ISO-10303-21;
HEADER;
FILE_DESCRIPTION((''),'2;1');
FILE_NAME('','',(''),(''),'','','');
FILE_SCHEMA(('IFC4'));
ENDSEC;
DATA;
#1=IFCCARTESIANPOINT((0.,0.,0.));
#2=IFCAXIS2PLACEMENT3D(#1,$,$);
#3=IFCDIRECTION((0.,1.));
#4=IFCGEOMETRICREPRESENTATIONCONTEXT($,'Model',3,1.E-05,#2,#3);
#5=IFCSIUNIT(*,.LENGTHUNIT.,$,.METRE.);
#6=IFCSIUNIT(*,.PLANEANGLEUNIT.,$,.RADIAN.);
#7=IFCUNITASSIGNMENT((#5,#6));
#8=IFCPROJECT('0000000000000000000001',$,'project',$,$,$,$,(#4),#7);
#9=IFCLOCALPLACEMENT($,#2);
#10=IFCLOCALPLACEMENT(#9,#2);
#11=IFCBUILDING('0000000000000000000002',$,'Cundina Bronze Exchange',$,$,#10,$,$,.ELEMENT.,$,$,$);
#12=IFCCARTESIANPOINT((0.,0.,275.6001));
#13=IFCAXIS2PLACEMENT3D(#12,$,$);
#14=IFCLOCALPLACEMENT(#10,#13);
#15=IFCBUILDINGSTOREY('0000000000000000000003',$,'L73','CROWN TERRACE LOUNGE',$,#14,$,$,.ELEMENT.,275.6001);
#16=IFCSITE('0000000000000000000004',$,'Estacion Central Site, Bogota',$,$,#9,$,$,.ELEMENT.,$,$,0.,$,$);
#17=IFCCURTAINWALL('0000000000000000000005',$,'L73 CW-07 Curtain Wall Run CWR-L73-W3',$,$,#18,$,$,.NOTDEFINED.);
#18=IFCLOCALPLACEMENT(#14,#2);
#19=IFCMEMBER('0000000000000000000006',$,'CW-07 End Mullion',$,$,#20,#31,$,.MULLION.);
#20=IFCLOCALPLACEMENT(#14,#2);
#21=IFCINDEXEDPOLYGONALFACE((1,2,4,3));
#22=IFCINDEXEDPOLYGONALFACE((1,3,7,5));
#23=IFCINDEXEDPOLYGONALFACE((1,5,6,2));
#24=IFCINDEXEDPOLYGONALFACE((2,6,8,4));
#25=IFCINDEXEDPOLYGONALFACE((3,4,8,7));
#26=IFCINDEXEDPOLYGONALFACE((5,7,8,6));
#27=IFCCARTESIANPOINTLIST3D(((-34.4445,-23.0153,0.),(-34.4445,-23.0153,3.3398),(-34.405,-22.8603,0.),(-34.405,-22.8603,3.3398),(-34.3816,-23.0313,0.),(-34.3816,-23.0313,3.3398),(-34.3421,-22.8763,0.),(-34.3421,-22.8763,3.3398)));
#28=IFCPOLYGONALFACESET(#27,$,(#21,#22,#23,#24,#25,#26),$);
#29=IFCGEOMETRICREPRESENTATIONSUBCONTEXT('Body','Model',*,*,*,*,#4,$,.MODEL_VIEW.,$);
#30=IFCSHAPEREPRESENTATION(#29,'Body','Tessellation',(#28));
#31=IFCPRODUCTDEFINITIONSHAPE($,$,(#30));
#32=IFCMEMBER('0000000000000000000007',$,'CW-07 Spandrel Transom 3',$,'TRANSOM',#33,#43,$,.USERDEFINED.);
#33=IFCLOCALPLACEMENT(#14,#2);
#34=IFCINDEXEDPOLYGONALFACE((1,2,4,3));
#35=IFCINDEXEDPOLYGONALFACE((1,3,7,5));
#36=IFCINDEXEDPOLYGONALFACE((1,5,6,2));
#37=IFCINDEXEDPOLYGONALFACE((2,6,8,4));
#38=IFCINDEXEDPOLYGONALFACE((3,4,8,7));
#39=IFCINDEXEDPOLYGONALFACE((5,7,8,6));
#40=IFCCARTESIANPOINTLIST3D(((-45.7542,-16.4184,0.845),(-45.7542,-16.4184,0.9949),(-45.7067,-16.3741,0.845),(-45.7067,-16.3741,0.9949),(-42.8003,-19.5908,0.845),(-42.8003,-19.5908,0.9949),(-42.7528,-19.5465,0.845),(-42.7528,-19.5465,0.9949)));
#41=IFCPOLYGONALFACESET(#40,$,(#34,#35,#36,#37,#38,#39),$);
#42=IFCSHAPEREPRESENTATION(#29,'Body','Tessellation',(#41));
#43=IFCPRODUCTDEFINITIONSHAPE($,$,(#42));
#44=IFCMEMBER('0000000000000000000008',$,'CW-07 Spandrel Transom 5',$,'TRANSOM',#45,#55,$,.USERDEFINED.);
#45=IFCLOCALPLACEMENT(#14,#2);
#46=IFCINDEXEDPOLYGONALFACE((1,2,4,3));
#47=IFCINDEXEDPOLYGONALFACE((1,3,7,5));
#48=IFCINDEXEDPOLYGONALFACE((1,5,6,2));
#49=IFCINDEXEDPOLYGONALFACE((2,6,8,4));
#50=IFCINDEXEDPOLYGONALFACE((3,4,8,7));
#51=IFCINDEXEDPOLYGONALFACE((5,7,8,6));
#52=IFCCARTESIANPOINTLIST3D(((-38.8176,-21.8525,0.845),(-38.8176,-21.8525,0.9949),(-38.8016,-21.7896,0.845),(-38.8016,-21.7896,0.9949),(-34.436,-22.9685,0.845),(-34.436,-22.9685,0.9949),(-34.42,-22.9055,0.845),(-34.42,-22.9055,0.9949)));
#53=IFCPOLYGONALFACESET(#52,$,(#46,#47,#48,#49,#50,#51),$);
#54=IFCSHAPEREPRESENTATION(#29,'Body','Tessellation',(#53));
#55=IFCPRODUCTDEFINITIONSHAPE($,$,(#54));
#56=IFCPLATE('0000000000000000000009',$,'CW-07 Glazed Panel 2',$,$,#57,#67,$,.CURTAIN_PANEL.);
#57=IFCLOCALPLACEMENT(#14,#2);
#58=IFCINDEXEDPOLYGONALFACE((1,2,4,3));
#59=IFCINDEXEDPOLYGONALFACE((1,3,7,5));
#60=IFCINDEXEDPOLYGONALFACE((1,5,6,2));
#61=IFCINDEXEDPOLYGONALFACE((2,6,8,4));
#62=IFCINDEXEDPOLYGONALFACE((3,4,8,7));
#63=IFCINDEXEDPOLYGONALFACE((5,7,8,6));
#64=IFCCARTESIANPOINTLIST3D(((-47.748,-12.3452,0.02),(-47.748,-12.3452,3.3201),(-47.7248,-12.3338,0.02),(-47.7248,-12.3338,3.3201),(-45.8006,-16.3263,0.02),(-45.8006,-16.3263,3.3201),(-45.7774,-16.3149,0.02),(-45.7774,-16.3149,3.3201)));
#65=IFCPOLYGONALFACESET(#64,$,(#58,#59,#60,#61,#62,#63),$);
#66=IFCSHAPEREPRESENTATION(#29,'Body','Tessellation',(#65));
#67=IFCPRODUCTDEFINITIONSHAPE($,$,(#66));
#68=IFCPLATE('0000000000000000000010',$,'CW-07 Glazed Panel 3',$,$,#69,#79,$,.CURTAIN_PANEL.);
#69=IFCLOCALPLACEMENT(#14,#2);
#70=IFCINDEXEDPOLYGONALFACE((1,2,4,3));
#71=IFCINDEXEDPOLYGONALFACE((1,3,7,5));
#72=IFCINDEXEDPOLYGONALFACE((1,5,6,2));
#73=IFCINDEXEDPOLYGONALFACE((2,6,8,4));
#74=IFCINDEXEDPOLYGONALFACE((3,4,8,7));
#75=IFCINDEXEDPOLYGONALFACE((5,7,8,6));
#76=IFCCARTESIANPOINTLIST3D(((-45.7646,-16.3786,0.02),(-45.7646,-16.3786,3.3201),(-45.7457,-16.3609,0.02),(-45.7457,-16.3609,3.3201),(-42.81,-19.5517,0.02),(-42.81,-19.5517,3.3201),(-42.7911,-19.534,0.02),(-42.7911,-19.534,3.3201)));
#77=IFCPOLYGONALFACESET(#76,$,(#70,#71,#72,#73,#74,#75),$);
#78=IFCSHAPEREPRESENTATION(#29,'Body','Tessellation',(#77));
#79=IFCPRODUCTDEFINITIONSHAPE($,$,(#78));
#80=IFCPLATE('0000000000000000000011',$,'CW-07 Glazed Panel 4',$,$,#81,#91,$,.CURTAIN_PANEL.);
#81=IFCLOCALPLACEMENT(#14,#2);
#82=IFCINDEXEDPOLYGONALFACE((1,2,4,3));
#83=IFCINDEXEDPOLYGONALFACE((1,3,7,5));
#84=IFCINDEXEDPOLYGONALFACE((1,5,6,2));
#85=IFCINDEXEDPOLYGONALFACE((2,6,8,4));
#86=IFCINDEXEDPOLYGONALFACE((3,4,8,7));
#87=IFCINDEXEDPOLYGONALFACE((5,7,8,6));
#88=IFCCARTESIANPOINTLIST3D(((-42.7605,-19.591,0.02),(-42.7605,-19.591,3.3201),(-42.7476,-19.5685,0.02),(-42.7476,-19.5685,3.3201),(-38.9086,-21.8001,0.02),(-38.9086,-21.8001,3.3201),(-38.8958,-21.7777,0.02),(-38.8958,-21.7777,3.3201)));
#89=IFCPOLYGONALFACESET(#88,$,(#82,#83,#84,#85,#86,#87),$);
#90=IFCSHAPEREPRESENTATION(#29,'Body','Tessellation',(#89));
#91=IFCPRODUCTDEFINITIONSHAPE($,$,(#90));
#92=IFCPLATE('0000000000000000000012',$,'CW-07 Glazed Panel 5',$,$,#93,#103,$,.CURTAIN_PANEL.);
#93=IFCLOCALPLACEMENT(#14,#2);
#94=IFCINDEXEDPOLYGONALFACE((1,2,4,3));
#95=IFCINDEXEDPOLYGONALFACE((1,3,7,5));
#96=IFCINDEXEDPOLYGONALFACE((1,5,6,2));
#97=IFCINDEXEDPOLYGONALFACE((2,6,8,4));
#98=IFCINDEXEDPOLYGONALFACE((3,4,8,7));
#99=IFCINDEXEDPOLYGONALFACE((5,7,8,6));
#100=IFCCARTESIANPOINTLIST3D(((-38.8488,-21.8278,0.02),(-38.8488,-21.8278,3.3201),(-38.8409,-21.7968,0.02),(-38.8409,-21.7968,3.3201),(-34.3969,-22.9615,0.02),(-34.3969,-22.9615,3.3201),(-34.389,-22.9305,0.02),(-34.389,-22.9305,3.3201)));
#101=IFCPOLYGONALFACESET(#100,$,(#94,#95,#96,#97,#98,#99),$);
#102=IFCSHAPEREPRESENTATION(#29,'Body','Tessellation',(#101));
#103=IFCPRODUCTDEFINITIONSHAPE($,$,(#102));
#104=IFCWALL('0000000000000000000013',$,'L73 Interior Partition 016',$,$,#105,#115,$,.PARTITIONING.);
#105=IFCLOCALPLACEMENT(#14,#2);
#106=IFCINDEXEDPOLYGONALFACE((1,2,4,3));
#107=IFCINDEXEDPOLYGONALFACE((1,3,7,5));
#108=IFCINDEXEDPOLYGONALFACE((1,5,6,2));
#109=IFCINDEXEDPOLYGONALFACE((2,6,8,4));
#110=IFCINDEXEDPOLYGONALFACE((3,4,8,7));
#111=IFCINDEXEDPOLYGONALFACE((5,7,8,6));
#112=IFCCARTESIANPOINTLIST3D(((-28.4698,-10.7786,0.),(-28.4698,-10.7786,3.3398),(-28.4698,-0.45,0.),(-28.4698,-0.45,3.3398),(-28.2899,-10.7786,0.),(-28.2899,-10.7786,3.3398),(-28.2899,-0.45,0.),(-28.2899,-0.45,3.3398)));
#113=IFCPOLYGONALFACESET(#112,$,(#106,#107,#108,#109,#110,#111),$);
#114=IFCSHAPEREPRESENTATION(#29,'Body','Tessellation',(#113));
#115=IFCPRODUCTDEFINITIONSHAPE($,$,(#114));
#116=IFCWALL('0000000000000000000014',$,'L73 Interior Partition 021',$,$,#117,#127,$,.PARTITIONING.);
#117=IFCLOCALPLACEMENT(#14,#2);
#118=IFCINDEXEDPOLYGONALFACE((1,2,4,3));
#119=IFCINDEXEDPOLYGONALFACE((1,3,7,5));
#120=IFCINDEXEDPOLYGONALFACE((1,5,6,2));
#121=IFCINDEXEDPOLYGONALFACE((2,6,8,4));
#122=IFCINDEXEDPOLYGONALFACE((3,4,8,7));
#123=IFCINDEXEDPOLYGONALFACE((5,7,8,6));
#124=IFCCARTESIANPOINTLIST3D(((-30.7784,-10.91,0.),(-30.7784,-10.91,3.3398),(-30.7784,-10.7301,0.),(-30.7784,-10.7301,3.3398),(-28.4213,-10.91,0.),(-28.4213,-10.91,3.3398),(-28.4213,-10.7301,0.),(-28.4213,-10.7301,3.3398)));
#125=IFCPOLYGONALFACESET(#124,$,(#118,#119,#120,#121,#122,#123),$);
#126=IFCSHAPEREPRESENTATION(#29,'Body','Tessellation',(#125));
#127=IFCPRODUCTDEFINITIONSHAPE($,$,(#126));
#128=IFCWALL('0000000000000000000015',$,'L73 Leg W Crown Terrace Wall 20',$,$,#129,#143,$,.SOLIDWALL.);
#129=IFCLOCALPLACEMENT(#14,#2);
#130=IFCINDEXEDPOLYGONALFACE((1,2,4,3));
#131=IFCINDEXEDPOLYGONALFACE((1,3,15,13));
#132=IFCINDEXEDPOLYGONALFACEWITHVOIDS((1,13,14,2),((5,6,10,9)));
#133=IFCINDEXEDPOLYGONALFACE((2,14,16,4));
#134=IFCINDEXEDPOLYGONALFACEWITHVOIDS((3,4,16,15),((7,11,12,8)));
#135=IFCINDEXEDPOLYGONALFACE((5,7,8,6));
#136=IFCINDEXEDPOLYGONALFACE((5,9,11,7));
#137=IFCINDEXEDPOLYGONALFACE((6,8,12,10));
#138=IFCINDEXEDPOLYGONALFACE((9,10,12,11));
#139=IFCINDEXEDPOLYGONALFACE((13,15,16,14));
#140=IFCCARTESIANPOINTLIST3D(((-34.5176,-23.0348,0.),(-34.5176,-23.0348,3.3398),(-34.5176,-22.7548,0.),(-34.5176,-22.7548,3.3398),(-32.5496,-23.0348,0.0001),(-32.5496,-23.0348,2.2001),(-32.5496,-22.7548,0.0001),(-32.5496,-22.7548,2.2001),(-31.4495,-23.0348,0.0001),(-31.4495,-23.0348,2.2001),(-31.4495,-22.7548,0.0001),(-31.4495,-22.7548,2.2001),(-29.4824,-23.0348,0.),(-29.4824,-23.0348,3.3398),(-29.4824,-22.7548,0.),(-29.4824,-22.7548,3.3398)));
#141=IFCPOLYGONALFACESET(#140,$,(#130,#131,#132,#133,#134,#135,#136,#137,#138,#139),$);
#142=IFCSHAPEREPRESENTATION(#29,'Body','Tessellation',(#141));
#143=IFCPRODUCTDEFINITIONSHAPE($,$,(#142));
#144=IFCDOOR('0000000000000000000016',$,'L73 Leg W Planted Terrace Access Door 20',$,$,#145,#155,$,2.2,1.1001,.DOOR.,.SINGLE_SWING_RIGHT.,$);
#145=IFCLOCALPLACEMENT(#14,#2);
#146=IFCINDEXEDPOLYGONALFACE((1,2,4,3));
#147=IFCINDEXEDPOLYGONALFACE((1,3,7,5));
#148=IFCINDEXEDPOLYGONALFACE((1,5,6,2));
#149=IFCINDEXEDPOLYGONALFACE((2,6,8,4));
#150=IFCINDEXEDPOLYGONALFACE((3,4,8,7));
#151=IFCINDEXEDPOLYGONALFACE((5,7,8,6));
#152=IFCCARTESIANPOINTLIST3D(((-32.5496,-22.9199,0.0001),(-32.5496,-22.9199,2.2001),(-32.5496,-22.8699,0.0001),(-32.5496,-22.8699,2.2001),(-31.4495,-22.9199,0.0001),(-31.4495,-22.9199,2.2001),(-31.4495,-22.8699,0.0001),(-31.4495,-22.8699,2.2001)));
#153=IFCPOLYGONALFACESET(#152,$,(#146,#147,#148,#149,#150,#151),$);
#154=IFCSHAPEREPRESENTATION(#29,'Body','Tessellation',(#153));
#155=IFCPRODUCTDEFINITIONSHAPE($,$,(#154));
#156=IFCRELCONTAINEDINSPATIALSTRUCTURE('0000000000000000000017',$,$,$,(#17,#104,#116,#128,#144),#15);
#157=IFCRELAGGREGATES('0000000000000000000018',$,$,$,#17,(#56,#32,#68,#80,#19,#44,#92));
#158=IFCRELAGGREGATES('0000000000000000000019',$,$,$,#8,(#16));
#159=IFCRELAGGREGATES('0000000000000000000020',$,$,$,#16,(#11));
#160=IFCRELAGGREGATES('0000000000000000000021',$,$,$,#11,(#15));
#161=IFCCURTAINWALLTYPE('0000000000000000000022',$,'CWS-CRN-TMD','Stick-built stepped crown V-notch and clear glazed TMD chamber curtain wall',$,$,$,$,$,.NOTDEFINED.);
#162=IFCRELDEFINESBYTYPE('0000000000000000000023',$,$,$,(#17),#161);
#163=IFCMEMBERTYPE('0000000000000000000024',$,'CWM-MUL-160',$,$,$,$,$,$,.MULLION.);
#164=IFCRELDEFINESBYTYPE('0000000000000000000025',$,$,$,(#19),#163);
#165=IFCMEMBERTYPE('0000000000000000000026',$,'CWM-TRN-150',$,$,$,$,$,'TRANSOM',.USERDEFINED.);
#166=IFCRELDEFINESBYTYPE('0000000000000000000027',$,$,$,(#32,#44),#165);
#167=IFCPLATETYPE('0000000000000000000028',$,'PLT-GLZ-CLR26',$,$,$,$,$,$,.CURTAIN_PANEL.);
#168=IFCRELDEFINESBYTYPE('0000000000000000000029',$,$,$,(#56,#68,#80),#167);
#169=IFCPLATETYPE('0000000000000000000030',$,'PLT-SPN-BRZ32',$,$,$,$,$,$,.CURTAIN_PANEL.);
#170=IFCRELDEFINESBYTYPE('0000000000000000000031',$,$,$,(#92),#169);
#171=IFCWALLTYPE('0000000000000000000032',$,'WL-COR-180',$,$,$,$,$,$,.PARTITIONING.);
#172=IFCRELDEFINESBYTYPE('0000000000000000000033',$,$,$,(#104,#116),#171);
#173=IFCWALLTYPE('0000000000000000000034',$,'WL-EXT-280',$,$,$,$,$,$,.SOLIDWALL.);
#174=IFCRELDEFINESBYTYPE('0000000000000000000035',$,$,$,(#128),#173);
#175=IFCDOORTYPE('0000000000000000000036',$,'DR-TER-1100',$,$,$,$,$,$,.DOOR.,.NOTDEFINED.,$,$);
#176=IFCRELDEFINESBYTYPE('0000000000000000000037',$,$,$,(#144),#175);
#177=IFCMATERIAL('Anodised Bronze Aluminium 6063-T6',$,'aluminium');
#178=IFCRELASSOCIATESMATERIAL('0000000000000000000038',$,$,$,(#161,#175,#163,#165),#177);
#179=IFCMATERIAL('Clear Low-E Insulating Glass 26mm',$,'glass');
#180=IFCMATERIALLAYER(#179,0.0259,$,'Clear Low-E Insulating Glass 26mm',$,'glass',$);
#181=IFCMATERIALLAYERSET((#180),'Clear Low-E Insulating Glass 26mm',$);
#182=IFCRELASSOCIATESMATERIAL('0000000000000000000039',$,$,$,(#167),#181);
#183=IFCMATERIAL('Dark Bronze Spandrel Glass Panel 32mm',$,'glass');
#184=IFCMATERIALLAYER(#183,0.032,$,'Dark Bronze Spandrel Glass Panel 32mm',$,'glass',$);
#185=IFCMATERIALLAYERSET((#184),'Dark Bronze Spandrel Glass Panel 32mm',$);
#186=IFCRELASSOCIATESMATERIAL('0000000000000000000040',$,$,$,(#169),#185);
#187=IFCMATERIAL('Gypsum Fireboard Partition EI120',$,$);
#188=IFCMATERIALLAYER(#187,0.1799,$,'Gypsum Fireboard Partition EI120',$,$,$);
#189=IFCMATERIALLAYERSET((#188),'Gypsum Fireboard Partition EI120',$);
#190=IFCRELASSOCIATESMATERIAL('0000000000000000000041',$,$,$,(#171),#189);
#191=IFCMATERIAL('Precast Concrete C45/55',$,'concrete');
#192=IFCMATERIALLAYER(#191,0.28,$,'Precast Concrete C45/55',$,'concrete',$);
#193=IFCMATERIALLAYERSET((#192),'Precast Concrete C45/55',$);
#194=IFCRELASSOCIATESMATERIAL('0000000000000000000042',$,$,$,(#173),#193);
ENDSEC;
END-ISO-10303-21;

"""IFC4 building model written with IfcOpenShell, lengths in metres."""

from ifc_helpers import new_model, si_unit, direction, frame, frame_2d, origin, origin_2d, place, context, subcontext, project, spatial, rectangle, extrude, material, layer, layer_set, material_profile, profile_set, type_object, element, fill, aggregate, save


model = new_model("IFC4")

# Units and contexts
model_context = context("Model", 3, precision=1e-05, world=origin(), true_north=direction((0.0, 1.0)))
body_context = subcontext(model_context, "Body", "Model", "MODEL_VIEW")
ifc_project = project(units=[si_unit("LENGTHUNIT", "METRE"), si_unit("PLANEANGLEUNIT", "RADIAN")], contexts=[model_context])

# Site, building, storey
site_placement = place(None, origin())
site = spatial("IfcSite", under=ifc_project, at=site_placement, Name="Estacion Central Site, Bogota", CompositionType="ELEMENT", RefElevation=0.0)
building_placement = place(site_placement, origin())
building = spatial("IfcBuilding", under=site, at=building_placement, Name="Cundina Bronze Exchange", CompositionType="ELEMENT")
storey_placement = place(building_placement, frame((0.0, 0.0, 275.6001)))
storey = spatial("IfcBuildingStorey", under=building, at=storey_placement, Name="L73", Description="CROWN TERRACE LOUNGE", CompositionType="ELEMENT", Elevation=275.6001)

# Curtain wall, members, plates
ifc_material_1 = material(Name="Anodised Bronze Aluminium 6063-T6", Category="aluminium")
curtain_wall_type = type_object("IfcCurtainWallType", Name="CWS-CRN-TMD", Description="Stick-built stepped crown V-notch and clear glazed TMD chamber curtain wall", PredefinedType="NOTDEFINED", material=ifc_material_1)
curtain_wall_placement = place(storey_placement, origin())
curtain_wall = element("IfcCurtainWall", 1, at=curtain_wall_placement, inside=storey, type_object=curtain_wall_type, Name="L73 CW-07 Curtain Wall Run CWR-L73-W3", PredefinedType="NOTDEFINED")
ifc_material_profile_1 = material_profile(ifc_material_1, rectangle(XDim=0.0649, YDim=0.1599, at=origin_2d()), Name="AL65X160", Category="aluminium")
ifc_profile_set_1 = profile_set([ifc_material_profile_1], Name="Anodised Bronze Aluminium 6063-T6")
member_type_1 = type_object("IfcMemberType", Name="CWM-MUL-160", PredefinedType="MULLION", material=ifc_profile_set_1)
member_1_placement = place(storey_placement, frame((-34.3933, -22.9458, 0.0), z_axis=(0.0, 0.0, 1.0), x_axis=(0.969059, -0.24683, 0.0)))
member_1 = element("IfcMember", 2, at=member_1_placement, type_object=member_type_1, Name="CW-07 End Mullion", PredefinedType="MULLION", context=body_context, shape_type="SweptSolid", body=[
    extrude(rectangle(XDim=0.0649, YDim=0.1599, at=origin_2d()), origin(), (0.0, 0.0, 1.0), 3.3398),
])
ifc_material_profile_2 = material_profile(ifc_material_1, rectangle(XDim=0.0649, YDim=0.1499, at=origin_2d()), Name="AL65X150", Category="aluminium")
ifc_profile_set_2 = profile_set([ifc_material_profile_2], Name="Anodised Bronze Aluminium 6063-T6")
member_type_2 = type_object("IfcMemberType", Name="CWM-TRN-150", ElementType="TRANSOM", PredefinedType="USERDEFINED", material=ifc_profile_set_2)
member_2_placement = place(storey_placement, frame((-45.7305, -16.3962, 0.9199), z_axis=(0.681453, -0.731862, 0.0), x_axis=(0.731862, 0.681453, 0.0)))
member_2 = element("IfcMember", 3, at=member_2_placement, type_object=member_type_2, Name="CW-07 Spandrel Transom 3", ObjectType="TRANSOM", PredefinedType="USERDEFINED", context=body_context, shape_type="SweptSolid", body=[
    extrude(rectangle(XDim=0.0649, YDim=0.1499, at=origin_2d()), origin(), (0.0, 0.0, 1.0), 4.3347),
])
member_3_placement = place(storey_placement, frame((-38.8096, -21.821, 0.9199), z_axis=(0.969063, -0.246815, 0.0), x_axis=(0.246815, 0.969063, 0.0)))
member_3 = element("IfcMember", 4, at=member_3_placement, type_object=member_type_2, Name="CW-07 Spandrel Transom 5", ObjectType="TRANSOM", PredefinedType="USERDEFINED", context=body_context, shape_type="SweptSolid", body=[
    extrude(rectangle(XDim=0.0649, YDim=0.1499, at=origin_2d()), origin(), (0.0, 0.0, 1.0), 4.5215),
])
ifc_material_2 = material(Name="Clear Low-E Insulating Glass 26mm", Category="glass")
ifc_layer_1 = layer(ifc_material_2, 0.0259, Name="Clear Low-E Insulating Glass 26mm", Category="glass")
ifc_layer_set_1 = layer_set([ifc_layer_1], Name="Clear Low-E Insulating Glass 26mm")
plate_type_1 = type_object("IfcPlateType", Name="PLT-GLZ-CLR26", PredefinedType="CURTAIN_PANEL", material=ifc_layer_set_1)
plate_1_placement = place(storey_placement, frame((-46.7627, -14.3301, 0.02), z_axis=(0.0, 0.0, 1.0), x_axis=(0.439406, -0.898288, 0.0)))
plate_1 = element("IfcPlate", 5, at=plate_1_placement, type_object=plate_type_1, Name="CW-07 Glazed Panel 2", PredefinedType="CURTAIN_PANEL", context=body_context, shape_type="SweptSolid", body=[
    extrude(rectangle(XDim=4.4319, YDim=0.0259, at=origin_2d()), origin(), (0.0, 0.0, 1.0), 3.3),
])
plate_2_placement = place(storey_placement, frame((-44.2778, -17.9563, 0.02), z_axis=(0.0, 0.0, 1.0), x_axis=(0.681462, -0.731853, 0.0)))
plate_2 = element("IfcPlate", 6, at=plate_2_placement, type_object=plate_type_1, Name="CW-07 Glazed Panel 3", PredefinedType="CURTAIN_PANEL", context=body_context, shape_type="SweptSolid", body=[
    extrude(rectangle(XDim=4.3357, YDim=0.0259, at=origin_2d()), origin(), (0.0, 0.0, 1.0), 3.3),
])
plate_3_placement = place(storey_placement, frame((-40.8281, -20.6843, 0.02), z_axis=(0.0, 0.0, 1.0), x_axis=(0.867453, -0.497519, 0.0)))
plate_3 = element("IfcPlate", 7, at=plate_3_placement, type_object=plate_type_1, Name="CW-07 Glazed Panel 4", PredefinedType="CURTAIN_PANEL", context=body_context, shape_type="SweptSolid", body=[
    extrude(rectangle(XDim=4.4404, YDim=0.0259, at=origin_2d()), origin(), (0.0, 0.0, 1.0), 3.3),
])
ifc_material_3 = material(Name="Dark Bronze Spandrel Glass Panel 32mm", Category="glass")
ifc_layer_2 = layer(ifc_material_3, 0.032, Name="Dark Bronze Spandrel Glass Panel 32mm", Category="glass")
ifc_layer_set_2 = layer_set([ifc_layer_2], Name="Dark Bronze Spandrel Glass Panel 32mm")
plate_type_2 = type_object("IfcPlateType", Name="PLT-SPN-BRZ32", PredefinedType="CURTAIN_PANEL", material=ifc_layer_set_2)
plate_4_placement = place(storey_placement, frame((-36.6189, -22.3792, 0.02), z_axis=(0.0, 0.0, 1.0), x_axis=(0.969067, -0.246796, 0.0)))
plate_4 = element("IfcPlate", 8, at=plate_4_placement, type_object=plate_type_2, Name="CW-07 Glazed Panel 5", PredefinedType="CURTAIN_PANEL", context=body_context, shape_type="SweptSolid", body=[
    extrude(rectangle(XDim=4.594, YDim=0.032, at=origin_2d()), origin(), (0.0, 0.0, 1.0), 3.3),
])
aggregate(curtain_wall, [plate_1, member_2, plate_2, plate_3, member_1, member_3, plate_4])

# Walls
ifc_material_4 = material(Name="Gypsum Fireboard Partition EI120")
ifc_layer_3 = layer(ifc_material_4, 0.1799, Name="Gypsum Fireboard Partition EI120")
ifc_layer_set_3 = layer_set([ifc_layer_3], Name="Gypsum Fireboard Partition EI120")
wall_type_1 = type_object("IfcWallType", Name="WL-COR-180", PredefinedType="PARTITIONING", material=ifc_layer_set_3)
wall_1_placement = place(storey_placement, frame((-28.3799, -10.7786, 0.0), z_axis=(0.0, 0.0, 1.0), x_axis=(0.0, 1.0, 0.0)))
element("IfcWall", 9, at=wall_1_placement, inside=storey, type_object=wall_type_1, Name="L73 Interior Partition 016", PredefinedType="PARTITIONING", context=body_context, shape_type="SweptSolid", body=[
    extrude(rectangle(XDim=10.3286, YDim=0.1799, at=frame_2d((5.1643, 0.0))), origin(), (0.0, 0.0, 1.0), 3.3398),
])
wall_2_placement = place(storey_placement, frame((-30.7786, -10.8201, 0.0), z_axis=(0.0, 0.0, 1.0), x_axis=(1.0, 0.0, 0.0)))
element("IfcWall", 10, at=wall_2_placement, inside=storey, type_object=wall_type_1, Name="L73 Interior Partition 021", PredefinedType="PARTITIONING", context=body_context, shape_type="SweptSolid", body=[
    extrude(rectangle(XDim=2.3572, YDim=0.1799, at=frame_2d((1.1787, 0.0))), origin(), (0.0, 0.0, 1.0), 3.3398),
])

# Wall, opening, door
ifc_material_5 = material(Name="Precast Concrete C45/55", Category="concrete")
ifc_layer_4 = layer(ifc_material_5, 0.28, Name="Precast Concrete C45/55", Category="concrete")
ifc_layer_set_4 = layer_set([ifc_layer_4], Name="Precast Concrete C45/55")
wall_type_2 = type_object("IfcWallType", Name="WL-EXT-280", PredefinedType="SOLIDWALL", material=ifc_layer_set_4)
wall_3_placement = place(storey_placement, frame((-34.5176, -22.8948, 0.0), z_axis=(0.0, 0.0, 1.0), x_axis=(1.0, 0.0, 0.0)))
wall_3 = element("IfcWall", 11, at=wall_3_placement, inside=storey, type_object=wall_type_2, Name="L73 Leg W Crown Terrace Wall 20", PredefinedType="SOLIDWALL", context=body_context, shape_type="SweptSolid", body=[
    extrude(rectangle(XDim=5.0352, YDim=0.28, at=frame_2d((2.5176, 0.0))), origin(), (0.0, 0.0, 1.0), 3.3398),
])
opening_1_placement = place(wall_3_placement, frame((1.968, 0.0, 0.0)))
opening_1 = element("IfcOpeningElement", 12, at=opening_1_placement, cuts=wall_3, PredefinedType="OPENING", context=body_context, shape_type="SweptSolid", body=[
    extrude(rectangle(XDim=1.1001, YDim=2.2, at=frame_2d((0.55, 1.1001))), frame((0.0, 0.1499, 0.0), z_axis=(0.0, -1.0, 0.0), x_axis=(1.0, 0.0, 0.0)), (0.0, 0.0, 1.0), 0.3),
])
door_type = type_object("IfcDoorType", Name="DR-TER-1100", OperationType="NOTDEFINED", PredefinedType="DOOR", material=ifc_material_1)
door_placement = place(opening_1_placement, origin())
door = element("IfcDoor", 13, at=door_placement, inside=storey, type_object=door_type, Name="L73 Leg W Planted Terrace Access Door 20", OperationType="SINGLE_SWING_RIGHT", OverallHeight=2.2, OverallWidth=1.1001, PredefinedType="DOOR", context=body_context, shape_type="SweptSolid", body=[
    extrude(rectangle(XDim=1.1001, YDim=2.2, at=frame_2d((0.55, 1.1001))), frame((0.0, 0.0249, 0.0), z_axis=(0.0, -1.0, 0.0), x_axis=(1.0, 0.0, 0.0)), (0.0, 0.0, 1.0), 0.05),
])
fill(opening_1, door)

save(model, "model.ifc")
